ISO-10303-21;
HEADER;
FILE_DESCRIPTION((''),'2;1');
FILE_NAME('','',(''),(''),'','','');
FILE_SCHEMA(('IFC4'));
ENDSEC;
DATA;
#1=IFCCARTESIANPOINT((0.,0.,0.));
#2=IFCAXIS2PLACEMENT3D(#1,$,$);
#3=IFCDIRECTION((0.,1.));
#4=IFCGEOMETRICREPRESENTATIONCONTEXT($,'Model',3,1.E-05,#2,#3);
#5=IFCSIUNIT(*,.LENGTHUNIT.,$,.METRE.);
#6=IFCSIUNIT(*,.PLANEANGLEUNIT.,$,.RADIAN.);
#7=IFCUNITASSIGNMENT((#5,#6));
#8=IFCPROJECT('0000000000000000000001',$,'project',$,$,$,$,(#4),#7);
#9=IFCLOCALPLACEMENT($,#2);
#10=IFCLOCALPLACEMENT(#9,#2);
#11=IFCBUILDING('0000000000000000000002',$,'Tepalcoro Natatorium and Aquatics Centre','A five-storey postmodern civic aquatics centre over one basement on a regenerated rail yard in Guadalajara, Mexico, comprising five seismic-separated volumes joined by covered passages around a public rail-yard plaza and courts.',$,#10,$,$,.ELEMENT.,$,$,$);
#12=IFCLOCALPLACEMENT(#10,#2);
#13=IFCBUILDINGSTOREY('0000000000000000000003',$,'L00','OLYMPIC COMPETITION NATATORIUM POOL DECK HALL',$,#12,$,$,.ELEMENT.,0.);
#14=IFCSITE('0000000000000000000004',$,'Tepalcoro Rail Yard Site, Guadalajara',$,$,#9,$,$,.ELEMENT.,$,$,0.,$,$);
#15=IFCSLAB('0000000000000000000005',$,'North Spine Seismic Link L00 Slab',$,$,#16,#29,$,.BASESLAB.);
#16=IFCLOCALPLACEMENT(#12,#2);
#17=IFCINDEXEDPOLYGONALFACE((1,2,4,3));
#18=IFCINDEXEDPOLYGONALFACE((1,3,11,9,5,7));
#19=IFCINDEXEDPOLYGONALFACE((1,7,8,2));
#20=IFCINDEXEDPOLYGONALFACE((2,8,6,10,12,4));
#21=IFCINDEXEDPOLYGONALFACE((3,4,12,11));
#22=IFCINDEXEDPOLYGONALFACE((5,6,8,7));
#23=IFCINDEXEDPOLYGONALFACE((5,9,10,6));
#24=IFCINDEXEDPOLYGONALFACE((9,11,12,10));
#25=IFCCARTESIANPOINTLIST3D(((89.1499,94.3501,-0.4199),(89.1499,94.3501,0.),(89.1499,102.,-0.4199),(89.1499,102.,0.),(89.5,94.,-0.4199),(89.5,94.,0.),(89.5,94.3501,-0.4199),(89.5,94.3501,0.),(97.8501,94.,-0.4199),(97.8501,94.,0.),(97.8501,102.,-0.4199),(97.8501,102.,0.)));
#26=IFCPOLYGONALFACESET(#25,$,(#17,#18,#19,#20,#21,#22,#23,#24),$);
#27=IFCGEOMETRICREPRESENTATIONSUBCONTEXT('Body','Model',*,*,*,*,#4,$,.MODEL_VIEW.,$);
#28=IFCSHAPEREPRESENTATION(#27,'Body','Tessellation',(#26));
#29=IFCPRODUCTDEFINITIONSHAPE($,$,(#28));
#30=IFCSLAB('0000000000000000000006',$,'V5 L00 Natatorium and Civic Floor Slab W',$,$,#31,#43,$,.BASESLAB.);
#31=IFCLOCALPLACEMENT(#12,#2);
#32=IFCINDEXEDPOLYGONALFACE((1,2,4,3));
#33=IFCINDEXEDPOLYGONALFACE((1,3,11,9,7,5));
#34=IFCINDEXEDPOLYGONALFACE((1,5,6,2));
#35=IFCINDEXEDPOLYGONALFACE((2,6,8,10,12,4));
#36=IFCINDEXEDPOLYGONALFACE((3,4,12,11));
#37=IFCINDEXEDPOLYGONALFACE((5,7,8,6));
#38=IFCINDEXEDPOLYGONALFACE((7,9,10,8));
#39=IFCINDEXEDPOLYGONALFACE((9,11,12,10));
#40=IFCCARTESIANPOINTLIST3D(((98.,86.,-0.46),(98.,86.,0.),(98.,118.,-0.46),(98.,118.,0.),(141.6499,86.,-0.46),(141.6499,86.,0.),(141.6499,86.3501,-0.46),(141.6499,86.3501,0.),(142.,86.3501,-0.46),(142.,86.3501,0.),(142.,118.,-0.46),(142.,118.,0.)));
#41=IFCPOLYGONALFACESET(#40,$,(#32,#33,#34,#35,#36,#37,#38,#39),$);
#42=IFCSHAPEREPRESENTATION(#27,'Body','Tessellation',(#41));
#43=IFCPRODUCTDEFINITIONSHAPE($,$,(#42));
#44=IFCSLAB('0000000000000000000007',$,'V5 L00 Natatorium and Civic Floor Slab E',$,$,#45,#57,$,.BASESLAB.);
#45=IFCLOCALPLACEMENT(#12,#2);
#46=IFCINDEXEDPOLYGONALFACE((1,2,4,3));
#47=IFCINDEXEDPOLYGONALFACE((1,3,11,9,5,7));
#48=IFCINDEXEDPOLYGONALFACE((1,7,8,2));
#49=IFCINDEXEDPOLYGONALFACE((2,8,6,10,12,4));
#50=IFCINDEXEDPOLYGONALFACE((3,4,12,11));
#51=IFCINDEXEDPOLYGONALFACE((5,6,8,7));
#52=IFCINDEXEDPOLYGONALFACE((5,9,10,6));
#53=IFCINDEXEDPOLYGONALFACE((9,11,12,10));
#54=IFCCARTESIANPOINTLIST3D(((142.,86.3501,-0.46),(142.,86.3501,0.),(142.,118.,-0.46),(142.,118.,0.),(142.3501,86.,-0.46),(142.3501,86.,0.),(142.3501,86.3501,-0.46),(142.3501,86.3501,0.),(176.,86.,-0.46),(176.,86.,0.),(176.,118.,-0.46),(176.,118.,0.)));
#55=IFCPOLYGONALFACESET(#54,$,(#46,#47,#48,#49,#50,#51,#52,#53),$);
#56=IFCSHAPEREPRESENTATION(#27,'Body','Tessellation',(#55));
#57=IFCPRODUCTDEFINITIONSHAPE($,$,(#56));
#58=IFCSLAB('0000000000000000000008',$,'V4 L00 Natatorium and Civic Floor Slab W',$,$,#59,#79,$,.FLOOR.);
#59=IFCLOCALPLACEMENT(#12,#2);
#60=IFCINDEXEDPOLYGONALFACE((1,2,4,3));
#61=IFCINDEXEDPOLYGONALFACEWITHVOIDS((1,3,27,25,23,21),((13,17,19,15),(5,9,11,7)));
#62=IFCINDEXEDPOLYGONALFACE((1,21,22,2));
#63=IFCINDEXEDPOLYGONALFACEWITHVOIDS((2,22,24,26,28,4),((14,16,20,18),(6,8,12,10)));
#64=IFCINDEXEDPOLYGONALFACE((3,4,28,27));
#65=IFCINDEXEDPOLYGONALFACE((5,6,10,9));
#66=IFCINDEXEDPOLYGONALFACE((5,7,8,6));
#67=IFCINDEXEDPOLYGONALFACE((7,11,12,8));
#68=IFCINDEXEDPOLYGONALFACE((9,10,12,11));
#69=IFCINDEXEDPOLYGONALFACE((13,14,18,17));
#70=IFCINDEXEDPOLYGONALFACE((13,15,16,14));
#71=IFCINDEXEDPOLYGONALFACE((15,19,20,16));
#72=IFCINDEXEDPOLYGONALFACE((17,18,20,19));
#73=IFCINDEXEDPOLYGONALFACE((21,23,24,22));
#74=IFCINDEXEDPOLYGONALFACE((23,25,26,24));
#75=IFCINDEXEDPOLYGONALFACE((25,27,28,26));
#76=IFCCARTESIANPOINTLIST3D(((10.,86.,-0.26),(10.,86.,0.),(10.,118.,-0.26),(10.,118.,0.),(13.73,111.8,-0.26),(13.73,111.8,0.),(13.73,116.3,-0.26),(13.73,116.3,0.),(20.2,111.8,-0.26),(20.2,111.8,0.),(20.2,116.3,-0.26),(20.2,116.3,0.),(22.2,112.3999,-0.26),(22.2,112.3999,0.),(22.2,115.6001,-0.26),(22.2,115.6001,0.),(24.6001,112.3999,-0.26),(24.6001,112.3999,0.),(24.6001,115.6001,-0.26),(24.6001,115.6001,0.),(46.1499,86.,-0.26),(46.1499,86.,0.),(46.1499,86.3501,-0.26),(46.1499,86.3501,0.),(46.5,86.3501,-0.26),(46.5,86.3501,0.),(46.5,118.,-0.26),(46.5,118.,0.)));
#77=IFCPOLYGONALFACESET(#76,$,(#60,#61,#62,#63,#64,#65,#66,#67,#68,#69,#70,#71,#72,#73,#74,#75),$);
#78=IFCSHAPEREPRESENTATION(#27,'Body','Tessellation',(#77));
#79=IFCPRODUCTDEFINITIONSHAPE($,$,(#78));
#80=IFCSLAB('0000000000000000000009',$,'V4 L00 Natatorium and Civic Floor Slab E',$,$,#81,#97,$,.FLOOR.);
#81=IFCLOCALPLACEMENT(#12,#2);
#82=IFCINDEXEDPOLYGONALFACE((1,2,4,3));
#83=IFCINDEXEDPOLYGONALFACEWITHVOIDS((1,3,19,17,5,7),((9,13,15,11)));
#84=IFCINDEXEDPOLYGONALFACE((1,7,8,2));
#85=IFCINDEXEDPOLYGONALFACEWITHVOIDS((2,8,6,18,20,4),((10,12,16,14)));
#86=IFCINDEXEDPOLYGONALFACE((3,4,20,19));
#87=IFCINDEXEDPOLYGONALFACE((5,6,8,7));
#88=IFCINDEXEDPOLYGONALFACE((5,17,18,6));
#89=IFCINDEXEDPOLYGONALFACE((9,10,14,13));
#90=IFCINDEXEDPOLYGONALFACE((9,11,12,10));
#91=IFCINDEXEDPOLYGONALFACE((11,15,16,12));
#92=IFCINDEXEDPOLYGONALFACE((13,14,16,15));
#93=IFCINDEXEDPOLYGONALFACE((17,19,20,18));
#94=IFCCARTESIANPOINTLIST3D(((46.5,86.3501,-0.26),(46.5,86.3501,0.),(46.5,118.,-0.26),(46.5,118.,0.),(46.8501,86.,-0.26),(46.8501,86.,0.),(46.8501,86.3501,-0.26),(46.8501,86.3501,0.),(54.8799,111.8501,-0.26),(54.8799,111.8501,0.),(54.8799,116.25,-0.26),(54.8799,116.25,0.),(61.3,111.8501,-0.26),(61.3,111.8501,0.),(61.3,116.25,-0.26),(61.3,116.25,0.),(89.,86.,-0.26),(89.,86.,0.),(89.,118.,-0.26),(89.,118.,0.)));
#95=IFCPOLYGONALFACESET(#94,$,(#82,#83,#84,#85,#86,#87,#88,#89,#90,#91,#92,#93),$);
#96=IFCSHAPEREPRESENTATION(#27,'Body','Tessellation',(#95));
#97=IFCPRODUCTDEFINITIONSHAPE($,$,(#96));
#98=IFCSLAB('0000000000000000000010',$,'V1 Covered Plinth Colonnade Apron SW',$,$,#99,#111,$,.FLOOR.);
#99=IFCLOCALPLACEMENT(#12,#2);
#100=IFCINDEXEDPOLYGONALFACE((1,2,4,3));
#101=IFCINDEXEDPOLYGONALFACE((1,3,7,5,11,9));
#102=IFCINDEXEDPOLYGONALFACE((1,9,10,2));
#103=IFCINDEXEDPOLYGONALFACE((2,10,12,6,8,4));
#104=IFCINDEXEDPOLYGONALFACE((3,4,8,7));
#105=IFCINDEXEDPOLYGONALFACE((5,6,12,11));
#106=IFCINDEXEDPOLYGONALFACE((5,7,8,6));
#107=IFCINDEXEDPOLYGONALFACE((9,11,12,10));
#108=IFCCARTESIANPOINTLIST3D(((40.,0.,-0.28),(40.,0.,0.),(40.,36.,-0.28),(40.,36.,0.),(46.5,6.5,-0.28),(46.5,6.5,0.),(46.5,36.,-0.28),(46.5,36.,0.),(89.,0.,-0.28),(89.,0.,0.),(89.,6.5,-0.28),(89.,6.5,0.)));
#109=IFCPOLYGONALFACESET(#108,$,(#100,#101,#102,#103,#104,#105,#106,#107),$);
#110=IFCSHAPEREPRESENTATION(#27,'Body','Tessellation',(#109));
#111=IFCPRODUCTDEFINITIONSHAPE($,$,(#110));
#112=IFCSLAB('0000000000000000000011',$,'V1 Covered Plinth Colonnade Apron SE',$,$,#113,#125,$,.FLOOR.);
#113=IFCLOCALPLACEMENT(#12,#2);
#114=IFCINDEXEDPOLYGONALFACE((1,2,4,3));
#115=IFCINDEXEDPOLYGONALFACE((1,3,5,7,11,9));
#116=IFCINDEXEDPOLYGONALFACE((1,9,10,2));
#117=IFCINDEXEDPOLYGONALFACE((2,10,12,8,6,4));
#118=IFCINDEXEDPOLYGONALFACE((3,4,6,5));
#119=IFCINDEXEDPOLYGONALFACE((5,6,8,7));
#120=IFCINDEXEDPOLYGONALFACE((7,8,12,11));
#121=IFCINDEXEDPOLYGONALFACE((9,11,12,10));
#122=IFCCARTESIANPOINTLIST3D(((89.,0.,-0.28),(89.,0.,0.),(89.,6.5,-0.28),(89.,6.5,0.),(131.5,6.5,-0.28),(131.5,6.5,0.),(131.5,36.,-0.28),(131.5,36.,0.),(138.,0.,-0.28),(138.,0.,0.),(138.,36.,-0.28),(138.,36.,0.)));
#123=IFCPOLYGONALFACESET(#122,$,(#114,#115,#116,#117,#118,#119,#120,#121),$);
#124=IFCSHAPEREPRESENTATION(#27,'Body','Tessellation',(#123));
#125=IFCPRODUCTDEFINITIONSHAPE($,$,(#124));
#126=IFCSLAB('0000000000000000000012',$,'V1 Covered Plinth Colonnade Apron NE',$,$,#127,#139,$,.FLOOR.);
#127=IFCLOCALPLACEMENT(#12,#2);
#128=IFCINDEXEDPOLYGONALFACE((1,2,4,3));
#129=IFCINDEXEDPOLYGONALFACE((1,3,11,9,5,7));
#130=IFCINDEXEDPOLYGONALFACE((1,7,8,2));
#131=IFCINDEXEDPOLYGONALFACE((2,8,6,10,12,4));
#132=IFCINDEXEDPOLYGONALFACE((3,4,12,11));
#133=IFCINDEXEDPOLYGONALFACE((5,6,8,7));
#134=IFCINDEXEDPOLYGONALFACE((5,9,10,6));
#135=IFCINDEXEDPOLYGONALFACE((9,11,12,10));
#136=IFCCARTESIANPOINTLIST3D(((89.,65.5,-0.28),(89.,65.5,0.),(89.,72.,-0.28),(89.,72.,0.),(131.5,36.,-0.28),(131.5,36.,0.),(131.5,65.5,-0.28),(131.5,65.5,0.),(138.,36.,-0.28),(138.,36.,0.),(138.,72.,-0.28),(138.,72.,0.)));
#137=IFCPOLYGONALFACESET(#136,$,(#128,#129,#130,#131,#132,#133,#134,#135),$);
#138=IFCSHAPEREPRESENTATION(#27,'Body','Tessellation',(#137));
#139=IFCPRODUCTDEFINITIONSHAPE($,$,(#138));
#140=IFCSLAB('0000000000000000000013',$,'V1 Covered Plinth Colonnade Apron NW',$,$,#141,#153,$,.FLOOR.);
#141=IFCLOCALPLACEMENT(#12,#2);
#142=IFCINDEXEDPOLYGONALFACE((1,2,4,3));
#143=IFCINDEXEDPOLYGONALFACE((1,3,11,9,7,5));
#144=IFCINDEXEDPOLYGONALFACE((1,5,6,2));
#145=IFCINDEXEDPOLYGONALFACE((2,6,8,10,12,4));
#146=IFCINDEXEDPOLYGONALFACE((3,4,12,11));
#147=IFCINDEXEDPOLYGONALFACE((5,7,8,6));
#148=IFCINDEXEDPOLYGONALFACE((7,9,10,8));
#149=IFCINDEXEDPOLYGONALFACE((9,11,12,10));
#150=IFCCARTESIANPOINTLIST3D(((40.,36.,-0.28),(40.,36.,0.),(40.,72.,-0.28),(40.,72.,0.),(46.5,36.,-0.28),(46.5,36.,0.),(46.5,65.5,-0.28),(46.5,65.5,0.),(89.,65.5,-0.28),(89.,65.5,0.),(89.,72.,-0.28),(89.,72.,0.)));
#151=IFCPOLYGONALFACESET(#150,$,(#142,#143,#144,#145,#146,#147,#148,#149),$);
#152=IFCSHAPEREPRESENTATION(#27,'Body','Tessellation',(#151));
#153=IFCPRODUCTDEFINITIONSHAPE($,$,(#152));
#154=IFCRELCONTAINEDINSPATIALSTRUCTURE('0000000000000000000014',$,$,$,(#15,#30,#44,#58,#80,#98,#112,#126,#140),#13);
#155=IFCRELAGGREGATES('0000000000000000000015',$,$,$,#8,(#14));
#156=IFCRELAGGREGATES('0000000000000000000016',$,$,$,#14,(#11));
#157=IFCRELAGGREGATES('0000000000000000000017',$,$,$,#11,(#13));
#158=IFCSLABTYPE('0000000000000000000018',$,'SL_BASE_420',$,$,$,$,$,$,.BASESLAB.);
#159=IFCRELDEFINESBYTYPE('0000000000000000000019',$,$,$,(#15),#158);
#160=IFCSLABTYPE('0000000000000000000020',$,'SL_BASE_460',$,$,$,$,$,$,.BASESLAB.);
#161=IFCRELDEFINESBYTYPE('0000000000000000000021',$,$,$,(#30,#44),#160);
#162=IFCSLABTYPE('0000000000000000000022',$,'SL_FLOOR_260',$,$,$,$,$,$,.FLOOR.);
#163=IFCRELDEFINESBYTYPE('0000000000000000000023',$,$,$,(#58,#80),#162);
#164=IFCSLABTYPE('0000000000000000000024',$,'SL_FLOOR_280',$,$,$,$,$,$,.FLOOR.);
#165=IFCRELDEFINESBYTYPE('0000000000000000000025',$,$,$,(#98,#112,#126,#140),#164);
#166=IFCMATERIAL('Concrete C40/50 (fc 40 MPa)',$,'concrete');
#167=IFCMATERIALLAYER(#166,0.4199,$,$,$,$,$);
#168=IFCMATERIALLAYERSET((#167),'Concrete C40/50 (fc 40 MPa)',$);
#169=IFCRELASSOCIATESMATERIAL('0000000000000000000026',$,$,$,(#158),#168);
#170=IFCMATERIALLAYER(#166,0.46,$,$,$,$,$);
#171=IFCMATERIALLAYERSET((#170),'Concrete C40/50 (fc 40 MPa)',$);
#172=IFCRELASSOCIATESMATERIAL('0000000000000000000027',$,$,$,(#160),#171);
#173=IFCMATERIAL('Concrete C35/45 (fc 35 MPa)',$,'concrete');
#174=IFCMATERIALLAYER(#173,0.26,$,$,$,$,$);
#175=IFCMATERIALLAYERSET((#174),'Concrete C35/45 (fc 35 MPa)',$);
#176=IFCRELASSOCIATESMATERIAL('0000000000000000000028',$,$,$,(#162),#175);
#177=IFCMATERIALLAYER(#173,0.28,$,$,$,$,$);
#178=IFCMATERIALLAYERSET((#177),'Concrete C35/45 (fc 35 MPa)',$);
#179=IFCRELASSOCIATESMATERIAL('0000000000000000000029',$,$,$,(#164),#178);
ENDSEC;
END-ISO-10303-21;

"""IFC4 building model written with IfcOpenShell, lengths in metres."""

from ifc_helpers import new_model, si_unit, direction, frame, origin, place, context, subcontext, project, spatial, polyline, outline, extrude, material, layer, layer_set, type_object, element, save


model = new_model("IFC4")

# Units and contexts
model_context = context("Model", 3, precision=1e-05, world=origin(), true_north=direction((0.0, 1.0)))
body_context = subcontext(model_context, "Body", "Model", "MODEL_VIEW")
ifc_project = project(units=[si_unit("LENGTHUNIT", "METRE"), si_unit("PLANEANGLEUNIT", "RADIAN")], contexts=[model_context])

# Site, building, storey
site_placement = place(None, origin())
site = spatial("IfcSite", under=ifc_project, at=site_placement, Name="Tepalcoro Rail Yard Site, Guadalajara", CompositionType="ELEMENT", RefElevation=0.0)
building_placement = place(site_placement, origin())
building = spatial("IfcBuilding", under=site, at=building_placement, Name="Tepalcoro Natatorium and Aquatics Centre", Description="A five-storey postmodern civic aquatics centre over one basement on a regenerated rail yard in Guadalajara, Mexico, comprising five seismic-separated volumes joined by covered passages around a public rail-yard plaza and courts.", CompositionType="ELEMENT")
storey_placement = place(building_placement, origin())
storey = spatial("IfcBuildingStorey", under=building, at=storey_placement, Name="L00", Description="OLYMPIC COMPETITION NATATORIUM POOL DECK HALL", CompositionType="ELEMENT", Elevation=0.0)

# Shared definitions
ifc_material_1 = material(Name="Concrete C40/50 (fc 40 MPa)", Category="concrete")

# Slabs
ifc_layer_1 = layer(ifc_material_1, 0.4199)
ifc_layer_set_1 = layer_set([ifc_layer_1], Name="Concrete C40/50 (fc 40 MPa)")
slab_type_1 = type_object("IfcSlabType", Name="SL_BASE_420", PredefinedType="BASESLAB", material=ifc_layer_set_1)
slab_1_placement = place(storey_placement, frame((0.0, 0.0, -0.4199)))
element("IfcSlab", 1, at=slab_1_placement, inside=storey, type_object=slab_type_1, Name="North Spine Seismic Link L00 Slab", PredefinedType="BASESLAB", context=body_context, shape_type="SweptSolid", body=[
    extrude(outline(polyline([(89.1499, 102.0), (97.8501, 102.0), (97.8501, 94.0), (89.5, 94.0), (89.5, 94.3501), (89.1499, 94.3501), (89.1499, 102.0)])), origin(), (0.0, 0.0, 1.0), 0.4199),
])
ifc_layer_2 = layer(ifc_material_1, 0.46)
ifc_layer_set_2 = layer_set([ifc_layer_2], Name="Concrete C40/50 (fc 40 MPa)")
slab_type_2 = type_object("IfcSlabType", Name="SL_BASE_460", PredefinedType="BASESLAB", material=ifc_layer_set_2)
slab_2_placement = place(storey_placement, frame((0.0, 0.0, -0.46)))
element("IfcSlab", 2, at=slab_2_placement, inside=storey, type_object=slab_type_2, Name="V5 L00 Natatorium and Civic Floor Slab W", PredefinedType="BASESLAB", context=body_context, shape_type="SweptSolid", body=[
    extrude(outline(polyline([(98.0, 118.0), (142.0, 118.0), (142.0, 86.3501), (141.6499, 86.3501), (141.6499, 86.0), (98.0, 86.0), (98.0, 118.0)])), origin(), (0.0, 0.0, 1.0), 0.46),
])
slab_3_placement = place(storey_placement, frame((0.0, 0.0, -0.46)))
element("IfcSlab", 3, at=slab_3_placement, inside=storey, type_object=slab_type_2, Name="V5 L00 Natatorium and Civic Floor Slab E", PredefinedType="BASESLAB", context=body_context, shape_type="SweptSolid", body=[
    extrude(outline(polyline([(176.0, 118.0), (176.0, 86.0), (142.3501, 86.0), (142.3501, 86.3501), (142.0, 86.3501), (142.0, 118.0), (176.0, 118.0)])), origin(), (0.0, 0.0, 1.0), 0.46),
])
ifc_material_2 = material(Name="Concrete C35/45 (fc 35 MPa)", Category="concrete")
ifc_layer_3 = layer(ifc_material_2, 0.26)
ifc_layer_set_3 = layer_set([ifc_layer_3], Name="Concrete C35/45 (fc 35 MPa)")
slab_type_3 = type_object("IfcSlabType", Name="SL_FLOOR_260", PredefinedType="FLOOR", material=ifc_layer_set_3)
slab_4_placement = place(storey_placement, frame((0.0, 0.0, -0.26)))
element("IfcSlab", 4, at=slab_4_placement, inside=storey, type_object=slab_type_3, Name="V4 L00 Natatorium and Civic Floor Slab W", PredefinedType="FLOOR", context=body_context, shape_type="SweptSolid", body=[
    extrude(outline(polyline([(46.1499, 86.3501), (46.1499, 86.0), (10.0, 86.0), (10.0, 118.0), (46.5, 118.0), (46.5, 86.3501), (46.1499, 86.3501)]), holes=[polyline([(20.2, 111.8), (20.2, 116.3), (13.73, 116.3), (13.73, 111.8), (20.2, 111.8)]), polyline([(22.2, 115.6001), (22.2, 112.3999), (24.6001, 112.3999), (24.6001, 115.6001), (22.2, 115.6001)])]), origin(), (0.0, 0.0, 1.0), 0.26),
])
slab_5_placement = place(storey_placement, frame((0.0, 0.0, -0.26)))
element("IfcSlab", 5, at=slab_5_placement, inside=storey, type_object=slab_type_3, Name="V4 L00 Natatorium and Civic Floor Slab E", PredefinedType="FLOOR", context=body_context, shape_type="SweptSolid", body=[
    extrude(outline(polyline([(46.8501, 86.0), (46.8501, 86.3501), (46.5, 86.3501), (46.5, 118.0), (89.0, 118.0), (89.0, 86.0), (46.8501, 86.0)]), holes=[polyline([(54.8799, 111.8501), (61.3, 111.8501), (61.3, 116.25), (54.8799, 116.25), (54.8799, 111.8501)])]), origin(), (0.0, 0.0, 1.0), 0.26),
])
ifc_layer_4 = layer(ifc_material_2, 0.28)
ifc_layer_set_4 = layer_set([ifc_layer_4], Name="Concrete C35/45 (fc 35 MPa)")
slab_type_4 = type_object("IfcSlabType", Name="SL_FLOOR_280", PredefinedType="FLOOR", material=ifc_layer_set_4)
slab_6_placement = place(storey_placement, frame((0.0, 0.0, -0.28)))
element("IfcSlab", 6, at=slab_6_placement, inside=storey, type_object=slab_type_4, Name="V1 Covered Plinth Colonnade Apron SW", PredefinedType="FLOOR", context=body_context, shape_type="SweptSolid", body=[
    extrude(outline(polyline([(40.0, 36.0), (46.5, 36.0), (46.5, 6.5), (89.0, 6.5), (89.0, 0.0), (40.0, 0.0), (40.0, 36.0)])), origin(), (0.0, 0.0, 1.0), 0.28),
])
slab_7_placement = place(storey_placement, frame((0.0, 0.0, -0.28)))
element("IfcSlab", 7, at=slab_7_placement, inside=storey, type_object=slab_type_4, Name="V1 Covered Plinth Colonnade Apron SE", PredefinedType="FLOOR", context=body_context, shape_type="SweptSolid", body=[
    extrude(outline(polyline([(138.0, 0.0), (89.0, 0.0), (89.0, 6.5), (131.5, 6.5), (131.5, 36.0), (138.0, 36.0), (138.0, 0.0)])), origin(), (0.0, 0.0, 1.0), 0.28),
])
slab_8_placement = place(storey_placement, frame((0.0, 0.0, -0.28)))
element("IfcSlab", 8, at=slab_8_placement, inside=storey, type_object=slab_type_4, Name="V1 Covered Plinth Colonnade Apron NE", PredefinedType="FLOOR", context=body_context, shape_type="SweptSolid", body=[
    extrude(outline(polyline([(138.0, 72.0), (138.0, 36.0), (131.5, 36.0), (131.5, 65.5), (89.0, 65.5), (89.0, 72.0), (138.0, 72.0)])), origin(), (0.0, 0.0, 1.0), 0.28),
])
slab_9_placement = place(storey_placement, frame((0.0, 0.0, -0.28)))
element("IfcSlab", 9, at=slab_9_placement, inside=storey, type_object=slab_type_4, Name="V1 Covered Plinth Colonnade Apron NW", PredefinedType="FLOOR", context=body_context, shape_type="SweptSolid", body=[
    extrude(outline(polyline([(40.0, 72.0), (89.0, 72.0), (89.0, 65.5), (46.5, 65.5), (46.5, 36.0), (40.0, 36.0), (40.0, 72.0)])), origin(), (0.0, 0.0, 1.0), 0.28),
])

save(model, "model.ifc")
